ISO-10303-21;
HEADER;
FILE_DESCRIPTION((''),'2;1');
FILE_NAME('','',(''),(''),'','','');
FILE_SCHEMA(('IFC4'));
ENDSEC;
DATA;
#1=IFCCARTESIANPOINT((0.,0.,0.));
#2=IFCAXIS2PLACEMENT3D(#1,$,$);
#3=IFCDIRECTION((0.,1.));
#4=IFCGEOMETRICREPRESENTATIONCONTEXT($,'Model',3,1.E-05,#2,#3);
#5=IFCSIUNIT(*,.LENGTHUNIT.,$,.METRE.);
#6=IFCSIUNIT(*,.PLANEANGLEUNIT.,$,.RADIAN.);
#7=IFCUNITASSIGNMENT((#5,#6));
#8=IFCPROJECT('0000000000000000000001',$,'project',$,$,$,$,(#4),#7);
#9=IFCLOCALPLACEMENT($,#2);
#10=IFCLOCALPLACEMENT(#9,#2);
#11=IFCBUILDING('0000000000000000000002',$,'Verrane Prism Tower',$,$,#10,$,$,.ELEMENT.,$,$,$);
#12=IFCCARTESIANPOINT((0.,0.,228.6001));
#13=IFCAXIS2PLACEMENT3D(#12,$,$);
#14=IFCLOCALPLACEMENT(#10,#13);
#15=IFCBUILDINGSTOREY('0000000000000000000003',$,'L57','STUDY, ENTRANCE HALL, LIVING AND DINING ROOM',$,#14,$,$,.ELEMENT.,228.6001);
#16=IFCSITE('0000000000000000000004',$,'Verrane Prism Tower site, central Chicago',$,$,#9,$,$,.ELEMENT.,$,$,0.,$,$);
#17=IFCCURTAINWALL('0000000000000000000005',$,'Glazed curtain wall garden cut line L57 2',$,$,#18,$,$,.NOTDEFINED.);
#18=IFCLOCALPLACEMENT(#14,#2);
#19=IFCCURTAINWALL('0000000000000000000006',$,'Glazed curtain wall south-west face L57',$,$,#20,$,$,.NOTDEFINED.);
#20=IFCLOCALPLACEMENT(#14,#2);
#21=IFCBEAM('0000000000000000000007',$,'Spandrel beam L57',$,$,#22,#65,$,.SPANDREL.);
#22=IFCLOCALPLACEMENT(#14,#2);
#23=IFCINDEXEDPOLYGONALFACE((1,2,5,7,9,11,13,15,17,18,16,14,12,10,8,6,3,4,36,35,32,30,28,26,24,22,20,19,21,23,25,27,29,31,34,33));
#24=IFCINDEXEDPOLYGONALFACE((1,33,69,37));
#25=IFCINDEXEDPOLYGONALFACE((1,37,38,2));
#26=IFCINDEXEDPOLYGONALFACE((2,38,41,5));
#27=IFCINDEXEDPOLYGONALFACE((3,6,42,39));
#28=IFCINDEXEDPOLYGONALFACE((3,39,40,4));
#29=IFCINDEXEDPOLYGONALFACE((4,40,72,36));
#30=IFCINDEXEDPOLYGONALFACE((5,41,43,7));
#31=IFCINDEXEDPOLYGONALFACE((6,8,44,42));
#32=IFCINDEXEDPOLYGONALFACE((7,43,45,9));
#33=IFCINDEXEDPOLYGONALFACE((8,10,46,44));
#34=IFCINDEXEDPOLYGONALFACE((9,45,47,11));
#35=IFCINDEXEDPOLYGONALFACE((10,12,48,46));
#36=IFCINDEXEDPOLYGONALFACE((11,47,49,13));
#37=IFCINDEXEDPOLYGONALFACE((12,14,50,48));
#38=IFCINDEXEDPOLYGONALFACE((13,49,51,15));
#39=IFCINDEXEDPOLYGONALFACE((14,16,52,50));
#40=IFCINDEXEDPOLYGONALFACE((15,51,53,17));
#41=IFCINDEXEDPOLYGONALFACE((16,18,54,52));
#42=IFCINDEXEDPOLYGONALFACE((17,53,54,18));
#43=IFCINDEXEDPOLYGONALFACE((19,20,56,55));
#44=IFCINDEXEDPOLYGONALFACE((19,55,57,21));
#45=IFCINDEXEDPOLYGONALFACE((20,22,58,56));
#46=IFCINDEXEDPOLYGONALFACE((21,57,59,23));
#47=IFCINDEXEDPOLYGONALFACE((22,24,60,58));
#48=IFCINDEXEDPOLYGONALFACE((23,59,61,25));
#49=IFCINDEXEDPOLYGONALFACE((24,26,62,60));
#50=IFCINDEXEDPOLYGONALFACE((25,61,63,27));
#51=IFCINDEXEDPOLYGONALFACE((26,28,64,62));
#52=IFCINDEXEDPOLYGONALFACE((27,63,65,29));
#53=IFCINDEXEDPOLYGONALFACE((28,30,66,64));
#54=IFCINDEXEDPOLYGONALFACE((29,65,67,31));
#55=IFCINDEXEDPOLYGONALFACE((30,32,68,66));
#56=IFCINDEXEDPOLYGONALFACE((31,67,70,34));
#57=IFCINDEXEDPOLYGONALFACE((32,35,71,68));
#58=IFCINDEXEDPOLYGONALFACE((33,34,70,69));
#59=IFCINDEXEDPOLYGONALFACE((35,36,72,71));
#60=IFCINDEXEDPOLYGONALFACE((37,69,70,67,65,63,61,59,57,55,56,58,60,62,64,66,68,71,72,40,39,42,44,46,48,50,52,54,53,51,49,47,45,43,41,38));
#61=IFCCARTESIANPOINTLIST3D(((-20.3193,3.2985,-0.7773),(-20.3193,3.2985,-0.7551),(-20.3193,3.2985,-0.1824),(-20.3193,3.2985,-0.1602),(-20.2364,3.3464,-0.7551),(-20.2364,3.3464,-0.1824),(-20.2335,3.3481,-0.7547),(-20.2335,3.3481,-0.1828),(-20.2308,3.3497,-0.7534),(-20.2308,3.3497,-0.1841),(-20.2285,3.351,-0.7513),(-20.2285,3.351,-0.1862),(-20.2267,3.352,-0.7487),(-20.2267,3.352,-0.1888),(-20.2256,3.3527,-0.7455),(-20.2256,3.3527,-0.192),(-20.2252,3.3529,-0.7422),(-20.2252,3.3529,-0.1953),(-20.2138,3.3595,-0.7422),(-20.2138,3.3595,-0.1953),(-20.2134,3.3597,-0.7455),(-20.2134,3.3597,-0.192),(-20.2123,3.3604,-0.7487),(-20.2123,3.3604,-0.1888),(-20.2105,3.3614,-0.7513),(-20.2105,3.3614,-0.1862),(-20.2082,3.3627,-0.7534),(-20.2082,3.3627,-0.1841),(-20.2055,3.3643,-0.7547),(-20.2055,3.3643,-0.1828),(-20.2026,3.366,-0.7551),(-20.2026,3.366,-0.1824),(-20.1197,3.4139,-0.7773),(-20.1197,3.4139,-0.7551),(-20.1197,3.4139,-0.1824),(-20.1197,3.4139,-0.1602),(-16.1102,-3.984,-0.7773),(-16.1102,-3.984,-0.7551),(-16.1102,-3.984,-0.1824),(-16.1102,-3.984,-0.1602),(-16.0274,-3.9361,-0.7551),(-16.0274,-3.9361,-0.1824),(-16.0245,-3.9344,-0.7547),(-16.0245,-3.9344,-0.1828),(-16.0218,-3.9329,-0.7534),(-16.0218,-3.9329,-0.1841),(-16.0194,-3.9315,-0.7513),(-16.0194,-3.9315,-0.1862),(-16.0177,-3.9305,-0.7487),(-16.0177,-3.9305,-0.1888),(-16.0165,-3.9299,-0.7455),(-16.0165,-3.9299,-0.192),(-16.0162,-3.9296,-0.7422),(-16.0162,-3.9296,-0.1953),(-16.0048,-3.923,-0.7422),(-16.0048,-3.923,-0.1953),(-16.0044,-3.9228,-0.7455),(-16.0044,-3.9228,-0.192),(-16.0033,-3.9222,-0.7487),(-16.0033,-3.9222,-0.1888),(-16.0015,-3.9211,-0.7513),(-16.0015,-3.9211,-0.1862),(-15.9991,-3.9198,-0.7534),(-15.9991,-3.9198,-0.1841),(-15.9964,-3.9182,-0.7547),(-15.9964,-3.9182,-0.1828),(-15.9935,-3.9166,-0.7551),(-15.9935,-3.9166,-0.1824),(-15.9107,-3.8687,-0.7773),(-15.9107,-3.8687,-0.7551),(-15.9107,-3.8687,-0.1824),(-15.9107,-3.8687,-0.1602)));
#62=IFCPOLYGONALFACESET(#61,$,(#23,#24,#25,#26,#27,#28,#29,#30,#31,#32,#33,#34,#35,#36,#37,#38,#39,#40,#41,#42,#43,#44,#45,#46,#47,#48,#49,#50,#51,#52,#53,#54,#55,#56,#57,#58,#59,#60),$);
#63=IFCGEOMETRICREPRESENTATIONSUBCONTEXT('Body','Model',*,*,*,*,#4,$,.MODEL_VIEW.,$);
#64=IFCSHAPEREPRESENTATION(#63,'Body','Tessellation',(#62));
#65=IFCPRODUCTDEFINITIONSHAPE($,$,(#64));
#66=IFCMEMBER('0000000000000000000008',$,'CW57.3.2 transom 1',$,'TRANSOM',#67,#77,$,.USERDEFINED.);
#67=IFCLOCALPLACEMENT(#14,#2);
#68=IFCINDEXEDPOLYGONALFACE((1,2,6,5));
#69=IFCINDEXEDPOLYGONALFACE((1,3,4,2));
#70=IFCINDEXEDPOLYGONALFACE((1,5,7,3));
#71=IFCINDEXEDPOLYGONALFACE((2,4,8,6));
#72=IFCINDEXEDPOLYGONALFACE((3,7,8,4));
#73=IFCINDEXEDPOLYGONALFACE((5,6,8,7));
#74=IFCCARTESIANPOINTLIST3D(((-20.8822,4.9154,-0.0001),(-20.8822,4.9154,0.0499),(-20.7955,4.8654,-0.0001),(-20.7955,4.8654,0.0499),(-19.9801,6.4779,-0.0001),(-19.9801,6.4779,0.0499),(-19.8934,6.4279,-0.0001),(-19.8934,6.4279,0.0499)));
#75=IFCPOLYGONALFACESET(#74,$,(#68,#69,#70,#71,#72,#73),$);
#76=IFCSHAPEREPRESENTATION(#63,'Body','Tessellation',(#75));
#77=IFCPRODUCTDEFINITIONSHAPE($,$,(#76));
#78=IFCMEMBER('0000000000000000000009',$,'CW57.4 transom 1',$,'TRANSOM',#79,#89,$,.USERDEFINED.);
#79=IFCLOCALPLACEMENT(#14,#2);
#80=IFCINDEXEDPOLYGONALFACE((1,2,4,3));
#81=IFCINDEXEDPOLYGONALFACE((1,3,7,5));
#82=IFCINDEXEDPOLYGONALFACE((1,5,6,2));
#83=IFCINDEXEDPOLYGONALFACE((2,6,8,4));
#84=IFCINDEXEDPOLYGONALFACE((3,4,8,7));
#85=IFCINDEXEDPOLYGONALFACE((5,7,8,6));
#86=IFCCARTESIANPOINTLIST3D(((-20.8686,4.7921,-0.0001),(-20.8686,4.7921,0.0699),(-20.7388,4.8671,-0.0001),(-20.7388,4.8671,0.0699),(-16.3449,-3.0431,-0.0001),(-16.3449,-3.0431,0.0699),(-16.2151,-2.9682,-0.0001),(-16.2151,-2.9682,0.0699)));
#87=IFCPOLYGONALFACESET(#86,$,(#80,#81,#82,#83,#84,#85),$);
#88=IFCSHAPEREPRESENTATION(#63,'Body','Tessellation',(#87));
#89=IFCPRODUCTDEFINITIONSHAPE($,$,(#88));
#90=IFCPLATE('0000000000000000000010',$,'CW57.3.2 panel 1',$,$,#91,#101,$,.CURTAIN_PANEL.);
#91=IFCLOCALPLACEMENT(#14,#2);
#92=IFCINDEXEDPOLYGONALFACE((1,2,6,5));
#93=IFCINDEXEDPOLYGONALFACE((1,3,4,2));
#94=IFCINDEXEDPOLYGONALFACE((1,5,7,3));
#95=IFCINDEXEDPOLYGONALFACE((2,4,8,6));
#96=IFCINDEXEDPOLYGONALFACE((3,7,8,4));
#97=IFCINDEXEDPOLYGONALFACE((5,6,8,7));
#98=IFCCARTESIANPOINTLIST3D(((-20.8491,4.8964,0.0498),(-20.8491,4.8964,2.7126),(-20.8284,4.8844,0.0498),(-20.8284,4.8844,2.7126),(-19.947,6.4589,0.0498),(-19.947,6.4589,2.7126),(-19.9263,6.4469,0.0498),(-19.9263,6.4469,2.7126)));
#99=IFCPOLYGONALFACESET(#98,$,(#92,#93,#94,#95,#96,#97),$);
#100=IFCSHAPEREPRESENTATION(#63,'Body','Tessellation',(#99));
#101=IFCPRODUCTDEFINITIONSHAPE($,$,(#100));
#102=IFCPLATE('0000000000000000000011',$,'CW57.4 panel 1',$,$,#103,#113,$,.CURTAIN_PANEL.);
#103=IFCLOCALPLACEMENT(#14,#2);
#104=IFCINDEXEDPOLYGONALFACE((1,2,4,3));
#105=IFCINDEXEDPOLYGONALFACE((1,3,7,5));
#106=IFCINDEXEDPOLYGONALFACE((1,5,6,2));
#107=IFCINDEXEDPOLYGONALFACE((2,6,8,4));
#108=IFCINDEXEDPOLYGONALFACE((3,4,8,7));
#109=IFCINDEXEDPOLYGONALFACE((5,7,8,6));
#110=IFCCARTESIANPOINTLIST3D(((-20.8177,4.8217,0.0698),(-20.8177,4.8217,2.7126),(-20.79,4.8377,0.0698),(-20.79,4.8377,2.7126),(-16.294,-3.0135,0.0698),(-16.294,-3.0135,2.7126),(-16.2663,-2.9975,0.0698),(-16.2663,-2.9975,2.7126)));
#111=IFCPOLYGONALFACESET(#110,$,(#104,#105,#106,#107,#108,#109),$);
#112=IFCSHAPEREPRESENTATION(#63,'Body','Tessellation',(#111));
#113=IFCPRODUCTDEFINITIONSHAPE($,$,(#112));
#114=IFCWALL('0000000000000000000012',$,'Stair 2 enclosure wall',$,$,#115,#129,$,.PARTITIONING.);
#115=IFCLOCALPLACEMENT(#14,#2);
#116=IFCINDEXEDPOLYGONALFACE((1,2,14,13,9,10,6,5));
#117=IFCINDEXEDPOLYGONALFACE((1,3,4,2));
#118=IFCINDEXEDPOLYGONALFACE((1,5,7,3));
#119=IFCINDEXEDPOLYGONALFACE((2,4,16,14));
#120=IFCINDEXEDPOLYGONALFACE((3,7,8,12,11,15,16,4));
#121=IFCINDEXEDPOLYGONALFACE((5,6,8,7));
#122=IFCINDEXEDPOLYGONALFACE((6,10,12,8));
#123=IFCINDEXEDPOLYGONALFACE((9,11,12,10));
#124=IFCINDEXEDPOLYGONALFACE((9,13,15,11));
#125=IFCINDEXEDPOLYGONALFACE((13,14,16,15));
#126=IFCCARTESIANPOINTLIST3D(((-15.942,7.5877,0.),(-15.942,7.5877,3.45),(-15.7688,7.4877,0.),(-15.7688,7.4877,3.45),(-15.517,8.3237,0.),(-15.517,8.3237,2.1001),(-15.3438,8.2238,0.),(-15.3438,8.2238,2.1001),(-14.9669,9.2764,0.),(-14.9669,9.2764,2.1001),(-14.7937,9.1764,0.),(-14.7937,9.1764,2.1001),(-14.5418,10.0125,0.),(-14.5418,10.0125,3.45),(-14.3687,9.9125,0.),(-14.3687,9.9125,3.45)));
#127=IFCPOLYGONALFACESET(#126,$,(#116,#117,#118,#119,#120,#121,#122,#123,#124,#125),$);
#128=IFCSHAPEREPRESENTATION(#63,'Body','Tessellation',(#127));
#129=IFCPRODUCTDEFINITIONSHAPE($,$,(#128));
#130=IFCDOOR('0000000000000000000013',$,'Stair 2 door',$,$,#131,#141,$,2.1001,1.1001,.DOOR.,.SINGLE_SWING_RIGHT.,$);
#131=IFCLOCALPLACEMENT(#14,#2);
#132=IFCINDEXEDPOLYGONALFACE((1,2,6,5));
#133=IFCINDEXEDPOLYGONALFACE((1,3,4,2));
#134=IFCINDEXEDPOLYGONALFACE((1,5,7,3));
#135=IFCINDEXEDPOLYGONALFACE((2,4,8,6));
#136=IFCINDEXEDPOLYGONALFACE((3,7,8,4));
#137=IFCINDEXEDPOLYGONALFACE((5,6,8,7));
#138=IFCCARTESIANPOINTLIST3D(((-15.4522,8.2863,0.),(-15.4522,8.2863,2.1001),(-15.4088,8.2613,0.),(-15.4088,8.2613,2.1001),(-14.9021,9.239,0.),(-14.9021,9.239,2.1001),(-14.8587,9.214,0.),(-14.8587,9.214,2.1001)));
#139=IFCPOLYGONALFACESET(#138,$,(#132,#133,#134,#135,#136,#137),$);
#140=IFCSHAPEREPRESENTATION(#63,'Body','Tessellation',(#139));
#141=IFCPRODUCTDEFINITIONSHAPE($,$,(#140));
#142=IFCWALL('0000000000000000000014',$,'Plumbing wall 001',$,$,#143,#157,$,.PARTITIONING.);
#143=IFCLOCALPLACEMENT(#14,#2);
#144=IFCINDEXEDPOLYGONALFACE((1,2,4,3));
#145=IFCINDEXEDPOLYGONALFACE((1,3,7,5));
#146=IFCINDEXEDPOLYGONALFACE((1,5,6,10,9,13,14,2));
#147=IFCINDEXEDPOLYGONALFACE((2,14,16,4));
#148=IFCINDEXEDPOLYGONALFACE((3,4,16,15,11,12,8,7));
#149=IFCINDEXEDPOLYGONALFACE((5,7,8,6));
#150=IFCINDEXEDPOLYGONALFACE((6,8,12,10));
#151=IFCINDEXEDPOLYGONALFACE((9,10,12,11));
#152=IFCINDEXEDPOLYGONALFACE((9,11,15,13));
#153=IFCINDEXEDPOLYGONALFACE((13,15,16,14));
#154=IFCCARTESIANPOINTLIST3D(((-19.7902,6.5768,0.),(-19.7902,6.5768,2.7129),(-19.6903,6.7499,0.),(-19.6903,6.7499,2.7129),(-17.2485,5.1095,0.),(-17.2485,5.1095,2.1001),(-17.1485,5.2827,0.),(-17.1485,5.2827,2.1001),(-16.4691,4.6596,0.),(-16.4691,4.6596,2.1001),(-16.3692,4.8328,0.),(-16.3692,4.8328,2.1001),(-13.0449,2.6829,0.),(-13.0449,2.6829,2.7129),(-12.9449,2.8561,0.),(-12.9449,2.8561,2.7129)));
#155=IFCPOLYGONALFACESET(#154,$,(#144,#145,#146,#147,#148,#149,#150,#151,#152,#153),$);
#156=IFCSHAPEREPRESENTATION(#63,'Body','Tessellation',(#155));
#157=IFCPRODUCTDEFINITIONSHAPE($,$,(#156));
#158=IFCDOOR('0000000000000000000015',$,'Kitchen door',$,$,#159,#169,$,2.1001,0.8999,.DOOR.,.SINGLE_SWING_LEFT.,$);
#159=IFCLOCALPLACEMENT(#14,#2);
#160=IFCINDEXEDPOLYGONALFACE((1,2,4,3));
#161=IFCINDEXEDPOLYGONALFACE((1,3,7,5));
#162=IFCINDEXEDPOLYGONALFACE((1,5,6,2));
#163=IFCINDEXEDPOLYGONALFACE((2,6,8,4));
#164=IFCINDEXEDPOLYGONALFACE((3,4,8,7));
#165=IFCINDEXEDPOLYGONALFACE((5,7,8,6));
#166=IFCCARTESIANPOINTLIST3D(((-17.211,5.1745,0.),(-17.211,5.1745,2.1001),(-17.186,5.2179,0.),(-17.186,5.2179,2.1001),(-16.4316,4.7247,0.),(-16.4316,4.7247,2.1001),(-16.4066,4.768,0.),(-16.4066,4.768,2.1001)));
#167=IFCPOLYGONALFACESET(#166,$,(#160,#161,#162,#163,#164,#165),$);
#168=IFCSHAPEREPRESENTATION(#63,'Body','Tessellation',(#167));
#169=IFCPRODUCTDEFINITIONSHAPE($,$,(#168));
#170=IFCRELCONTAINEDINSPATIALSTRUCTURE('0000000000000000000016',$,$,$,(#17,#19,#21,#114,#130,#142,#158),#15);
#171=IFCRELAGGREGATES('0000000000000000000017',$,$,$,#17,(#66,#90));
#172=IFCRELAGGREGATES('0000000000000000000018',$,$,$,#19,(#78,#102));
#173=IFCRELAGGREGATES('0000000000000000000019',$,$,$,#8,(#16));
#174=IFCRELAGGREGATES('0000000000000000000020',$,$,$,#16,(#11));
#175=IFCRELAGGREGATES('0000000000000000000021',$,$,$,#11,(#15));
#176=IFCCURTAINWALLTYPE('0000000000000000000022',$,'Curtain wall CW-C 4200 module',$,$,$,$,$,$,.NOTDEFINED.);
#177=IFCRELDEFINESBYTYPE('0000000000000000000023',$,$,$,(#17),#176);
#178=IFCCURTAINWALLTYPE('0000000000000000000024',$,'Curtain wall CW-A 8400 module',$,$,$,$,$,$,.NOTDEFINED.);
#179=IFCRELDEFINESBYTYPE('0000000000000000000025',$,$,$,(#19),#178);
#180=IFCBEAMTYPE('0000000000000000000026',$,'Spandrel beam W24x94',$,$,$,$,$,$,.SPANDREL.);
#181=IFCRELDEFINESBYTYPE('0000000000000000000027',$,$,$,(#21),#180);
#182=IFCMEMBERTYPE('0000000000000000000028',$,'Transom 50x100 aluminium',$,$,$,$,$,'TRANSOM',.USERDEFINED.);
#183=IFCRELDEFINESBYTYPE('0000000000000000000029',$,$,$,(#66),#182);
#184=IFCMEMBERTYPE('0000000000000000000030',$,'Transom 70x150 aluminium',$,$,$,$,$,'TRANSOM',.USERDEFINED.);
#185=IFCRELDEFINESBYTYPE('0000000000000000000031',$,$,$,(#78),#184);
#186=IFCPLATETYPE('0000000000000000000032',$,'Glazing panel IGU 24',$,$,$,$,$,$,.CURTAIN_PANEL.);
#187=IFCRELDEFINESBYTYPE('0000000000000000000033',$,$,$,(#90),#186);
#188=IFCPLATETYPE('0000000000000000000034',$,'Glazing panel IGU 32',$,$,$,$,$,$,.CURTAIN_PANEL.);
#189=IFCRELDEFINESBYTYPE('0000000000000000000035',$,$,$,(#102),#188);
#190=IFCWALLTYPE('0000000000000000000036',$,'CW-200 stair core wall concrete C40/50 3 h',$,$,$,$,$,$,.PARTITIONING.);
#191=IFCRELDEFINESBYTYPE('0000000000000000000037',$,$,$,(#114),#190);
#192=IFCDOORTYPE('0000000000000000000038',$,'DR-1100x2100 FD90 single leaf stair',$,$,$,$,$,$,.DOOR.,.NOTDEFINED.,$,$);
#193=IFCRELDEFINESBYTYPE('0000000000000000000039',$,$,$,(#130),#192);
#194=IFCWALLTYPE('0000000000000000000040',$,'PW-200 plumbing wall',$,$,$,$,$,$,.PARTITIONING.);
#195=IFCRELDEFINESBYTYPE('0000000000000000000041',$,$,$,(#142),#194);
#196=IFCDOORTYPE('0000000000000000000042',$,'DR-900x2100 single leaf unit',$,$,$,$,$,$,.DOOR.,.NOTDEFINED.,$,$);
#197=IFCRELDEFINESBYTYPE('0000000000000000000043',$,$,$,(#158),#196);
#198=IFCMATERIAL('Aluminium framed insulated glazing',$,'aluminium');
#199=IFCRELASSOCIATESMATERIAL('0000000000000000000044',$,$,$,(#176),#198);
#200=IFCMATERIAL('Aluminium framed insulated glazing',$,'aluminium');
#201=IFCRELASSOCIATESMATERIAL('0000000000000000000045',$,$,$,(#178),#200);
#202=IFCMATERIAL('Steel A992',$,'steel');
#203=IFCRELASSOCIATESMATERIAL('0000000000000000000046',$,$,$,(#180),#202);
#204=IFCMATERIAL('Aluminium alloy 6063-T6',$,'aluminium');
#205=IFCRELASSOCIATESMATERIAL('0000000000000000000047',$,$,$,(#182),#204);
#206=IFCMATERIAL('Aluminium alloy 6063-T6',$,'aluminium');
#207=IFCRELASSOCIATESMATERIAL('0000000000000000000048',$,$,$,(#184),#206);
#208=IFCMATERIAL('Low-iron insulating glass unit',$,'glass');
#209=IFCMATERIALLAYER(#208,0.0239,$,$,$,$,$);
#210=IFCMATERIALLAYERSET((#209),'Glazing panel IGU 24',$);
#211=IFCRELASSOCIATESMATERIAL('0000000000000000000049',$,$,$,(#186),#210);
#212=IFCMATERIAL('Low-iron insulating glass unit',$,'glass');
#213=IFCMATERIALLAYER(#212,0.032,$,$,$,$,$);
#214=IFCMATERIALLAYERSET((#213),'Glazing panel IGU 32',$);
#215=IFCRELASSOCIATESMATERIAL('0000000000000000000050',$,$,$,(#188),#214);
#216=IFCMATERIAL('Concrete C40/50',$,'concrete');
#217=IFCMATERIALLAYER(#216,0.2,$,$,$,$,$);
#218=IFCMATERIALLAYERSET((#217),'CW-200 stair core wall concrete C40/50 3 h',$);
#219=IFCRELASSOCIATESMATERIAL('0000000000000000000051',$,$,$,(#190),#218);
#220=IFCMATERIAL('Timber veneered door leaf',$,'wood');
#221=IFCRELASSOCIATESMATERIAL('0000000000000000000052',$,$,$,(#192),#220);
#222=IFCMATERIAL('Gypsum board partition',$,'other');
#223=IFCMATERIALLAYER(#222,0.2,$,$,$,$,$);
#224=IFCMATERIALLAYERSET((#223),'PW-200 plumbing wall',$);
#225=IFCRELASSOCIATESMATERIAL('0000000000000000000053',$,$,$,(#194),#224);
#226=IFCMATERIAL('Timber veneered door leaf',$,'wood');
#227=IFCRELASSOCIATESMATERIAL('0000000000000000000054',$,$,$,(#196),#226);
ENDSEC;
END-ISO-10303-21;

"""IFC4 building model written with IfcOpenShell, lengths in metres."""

from ifc_helpers import new_model, si_unit, direction, frame, frame_2d, origin, origin_2d, place, context, subcontext, project, spatial, rectangle, i_section, extrude, material, layer, layer_set, material_profile, profile_set, type_object, element, fill, aggregate, save


model = new_model("IFC4")

# Units and contexts
model_context = context("Model", 3, precision=1e-05, world=origin(), true_north=direction((0.0, 1.0)))
body_context = subcontext(model_context, "Body", "Model", "MODEL_VIEW")
ifc_project = project(units=[si_unit("LENGTHUNIT", "METRE"), si_unit("PLANEANGLEUNIT", "RADIAN")], contexts=[model_context])

# Site, building, storey
site_placement = place(None, origin())
site = spatial("IfcSite", under=ifc_project, at=site_placement, Name="Verrane Prism Tower site, central Chicago", CompositionType="ELEMENT", RefElevation=0.0)
building_placement = place(site_placement, origin())
building = spatial("IfcBuilding", under=site, at=building_placement, Name="Verrane Prism Tower", CompositionType="ELEMENT")
storey_placement = place(building_placement, frame((0.0, 0.0, 228.6001)))
storey = spatial("IfcBuildingStorey", under=building, at=storey_placement, Name="L57", Description="STUDY, ENTRANCE HALL, LIVING AND DINING ROOM", CompositionType="ELEMENT", Elevation=228.6001)

# Curtain walls
ifc_material_1 = material(Name="Aluminium framed insulated glazing", Category="aluminium")
curtain_wall_type_1 = type_object("IfcCurtainWallType", Name="Curtain wall CW-C 4200 module", PredefinedType="NOTDEFINED", material=ifc_material_1)
curtain_wall_1_placement = place(storey_placement, origin())
curtain_wall_1 = element("IfcCurtainWall", 1, at=curtain_wall_1_placement, inside=storey, type_object=curtain_wall_type_1, Name="Glazed curtain wall garden cut line L57 2", PredefinedType="NOTDEFINED")
ifc_material_2 = material(Name="Aluminium framed insulated glazing", Category="aluminium")
curtain_wall_type_2 = type_object("IfcCurtainWallType", Name="Curtain wall CW-A 8400 module", PredefinedType="NOTDEFINED", material=ifc_material_2)
curtain_wall_2_placement = place(storey_placement, origin())
curtain_wall_2 = element("IfcCurtainWall", 2, at=curtain_wall_2_placement, inside=storey, type_object=curtain_wall_type_2, Name="Glazed curtain wall south-west face L57", PredefinedType="NOTDEFINED")

# Beam
ifc_material_3 = material(Name="Steel A992", Category="steel")
ifc_material_profile_1 = material_profile(ifc_material_3, i_section(OverallWidth=0.2305, OverallDepth=0.6172, WebThickness=0.0132, FlangeThickness=0.0222, FilletRadius=0.0129, at=origin_2d()), Name="W24x94")
ifc_profile_set_1 = profile_set([ifc_material_profile_1], Name="Steel A992")
beam_type_1 = type_object("IfcBeamType", Name="Spandrel beam W24x94", PredefinedType="SPANDREL", material=ifc_profile_set_1)
beam_1_placement = place(storey_placement, frame((-20.2195, 3.3562, -0.4688), z_axis=(0.500397, -0.865796, 0.0), x_axis=(0.865796, 0.500397, 0.0)))
element("IfcBeam", 3, at=beam_1_placement, inside=storey, type_object=beam_type_1, Name="Spandrel beam L57", PredefinedType="SPANDREL", context=body_context, shape_type="SweptSolid", body=[
    extrude(i_section(OverallWidth=0.2305, OverallDepth=0.6172, WebThickness=0.0132, FlangeThickness=0.0222, FilletRadius=0.0129, at=origin_2d()), origin(), (0.0, 0.0, 1.0), 8.4114),
])

# Members
ifc_material_4 = material(Name="Aluminium alloy 6063-T6", Category="aluminium")
ifc_material_profile_2 = material_profile(ifc_material_4, rectangle(XDim=0.1001, YDim=0.05, at=origin_2d()), Name="Transom 50x100 aluminium")
ifc_profile_set_2 = profile_set([ifc_material_profile_2], Name="Aluminium alloy 6063-T6")
member_type_1 = type_object("IfcMemberType", Name="Transom 50x100 aluminium", ElementType="TRANSOM", PredefinedType="USERDEFINED", material=ifc_profile_set_2)
member_1_placement = place(storey_placement, frame((-19.9368, 6.4529, 0.0249), z_axis=(-0.499996, -0.866028, 0.0), x_axis=(0.866028, -0.499996, 0.0)))
member_1 = element("IfcMember", 4, at=member_1_placement, type_object=member_type_1, Name="CW57.3.2 transom 1", ObjectType="TRANSOM", PredefinedType="USERDEFINED", context=body_context, shape_type="SweptSolid", body=[
    extrude(rectangle(XDim=0.1001, YDim=0.05, at=origin_2d()), origin(), (0.0, 0.0, 1.0), 1.8042),
])
ifc_material_5 = material(Name="Aluminium alloy 6063-T6", Category="aluminium")
ifc_material_profile_3 = material_profile(ifc_material_5, rectangle(XDim=0.1499, YDim=0.0701, at=origin_2d()), Name="Transom 70x150 aluminium")
ifc_profile_set_3 = profile_set([ifc_material_profile_3], Name="Aluminium alloy 6063-T6")
member_type_2 = type_object("IfcMemberType", Name="Transom 70x150 aluminium", ElementType="TRANSOM", PredefinedType="USERDEFINED", material=ifc_profile_set_3)
member_2_placement = place(storey_placement, frame((-20.8037, 4.8296, 0.0349), z_axis=(0.500002, -0.866024, 0.0), x_axis=(0.866024, 0.500002, 0.0)))
member_2 = element("IfcMember", 5, at=member_2_placement, type_object=member_type_2, Name="CW57.4 transom 1", ObjectType="TRANSOM", PredefinedType="USERDEFINED", context=body_context, shape_type="SweptSolid", body=[
    extrude(rectangle(XDim=0.1499, YDim=0.0701, at=origin_2d()), origin(), (0.0, 0.0, 1.0), 9.0474),
])

# Plates
ifc_material_6 = material(Name="Low-iron insulating glass unit", Category="glass")
ifc_layer_1 = layer(ifc_material_6, 0.0239)
ifc_layer_set_1 = layer_set([ifc_layer_1], Name="Glazing panel IGU 24")
plate_type_1 = type_object("IfcPlateType", Name="Glazing panel IGU 24", PredefinedType="CURTAIN_PANEL", material=ifc_layer_set_1)
plate_1_placement = place(storey_placement, frame((-20.3877, 5.6716, 0.0498), z_axis=(0.0, 0.0, 1.0), x_axis=(-0.499973, -0.866041, 0.0)))
plate_1 = element("IfcPlate", 6, at=plate_1_placement, type_object=plate_type_1, Name="CW57.3.2 panel 1", PredefinedType="CURTAIN_PANEL", context=body_context, shape_type="SweptSolid", body=[
    extrude(rectangle(XDim=1.8042, YDim=0.0239, at=origin_2d()), origin(), (0.0, 0.0, 1.0), 2.6628),
])
aggregate(curtain_wall_1, [member_1, plate_1])
ifc_material_7 = material(Name="Low-iron insulating glass unit", Category="glass")
ifc_layer_2 = layer(ifc_material_7, 0.032)
ifc_layer_set_2 = layer_set([ifc_layer_2], Name="Glazing panel IGU 32")
plate_type_2 = type_object("IfcPlateType", Name="Glazing panel IGU 32", PredefinedType="CURTAIN_PANEL", material=ifc_layer_set_2)
plate_2_placement = place(storey_placement, frame((-18.542, 0.9121, 0.0698), z_axis=(0.0, 0.0, 1.0), x_axis=(0.5, -0.866025, 0.0)))
plate_2 = element("IfcPlate", 7, at=plate_2_placement, type_object=plate_type_2, Name="CW57.4 panel 1", PredefinedType="CURTAIN_PANEL", context=body_context, shape_type="SweptSolid", body=[
    extrude(rectangle(XDim=9.0474, YDim=0.032, at=origin_2d()), origin(), (0.0, 0.0, 1.0), 2.6428),
])
aggregate(curtain_wall_2, [member_2, plate_2])

# Walls, openings, doors
ifc_material_8 = material(Name="Concrete C40/50", Category="concrete")
ifc_layer_3 = layer(ifc_material_8, 0.2)
ifc_layer_set_3 = layer_set([ifc_layer_3], Name="CW-200 stair core wall concrete C40/50 3 h")
wall_type_1 = type_object("IfcWallType", Name="CW-200 stair core wall concrete C40/50 3 h", PredefinedType="PARTITIONING", material=ifc_layer_set_3)
wall_1_placement = place(storey_placement, frame((-14.4553, 9.9624, 0.0), z_axis=(0.0, 0.0, 1.0), x_axis=(-0.50005, -0.865997, 0.0)))
wall_1 = element("IfcWall", 8, at=wall_1_placement, inside=storey, type_object=wall_type_1, Name="Stair 2 enclosure wall", PredefinedType="PARTITIONING", context=body_context, shape_type="SweptSolid", body=[
    extrude(rectangle(XDim=2.8, YDim=0.2, at=frame_2d((1.3999, 0.0))), origin(), (0.0, 0.0, 1.0), 3.45),
])
opening_1_placement = place(wall_1_placement, frame((0.8499, 0.0, 0.0)))
opening_1 = element("IfcOpeningElement", 9, at=opening_1_placement, cuts=wall_1, PredefinedType="OPENING", context=body_context, shape_type="SweptSolid", body=[
    extrude(rectangle(XDim=1.1001, YDim=2.1001, at=frame_2d((0.55, 1.05))), frame((0.0, 0.1099, 0.0), z_axis=(0.0, -1.0, 0.0), x_axis=(1.0, 0.0, 0.0)), (0.0, 0.0, 1.0), 0.22),
])
ifc_material_9 = material(Name="Timber veneered door leaf", Category="wood")
door_type_1 = type_object("IfcDoorType", Name="DR-1100x2100 FD90 single leaf stair", OperationType="NOTDEFINED", PredefinedType="DOOR", material=ifc_material_9)
door_1_placement = place(opening_1_placement, origin())
door_1 = element("IfcDoor", 10, at=door_1_placement, inside=storey, type_object=door_type_1, Name="Stair 2 door", OperationType="SINGLE_SWING_RIGHT", OverallHeight=2.1001, OverallWidth=1.1001, PredefinedType="DOOR", context=body_context, shape_type="SweptSolid", body=[
    extrude(rectangle(XDim=1.1001, YDim=2.1001, at=frame_2d((0.55, 1.05))), frame((0.0, 0.0249, 0.0), z_axis=(0.0, -1.0, 0.0), x_axis=(1.0, 0.0, 0.0)), (0.0, 0.0, 1.0), 0.05),
])
fill(opening_1, door_1)
ifc_material_10 = material(Name="Gypsum board partition", Category="other")
ifc_layer_4 = layer(ifc_material_10, 0.2)
ifc_layer_set_4 = layer_set([ifc_layer_4], Name="PW-200 plumbing wall")
wall_type_2 = type_object("IfcWallType", Name="PW-200 plumbing wall", PredefinedType="PARTITIONING", material=ifc_layer_set_4)
wall_2_placement = place(storey_placement, frame((-12.9949, 2.7695, 0.0), z_axis=(0.0, 0.0, 1.0), x_axis=(-0.866061, 0.499939, 0.0)))
wall_2 = element("IfcWall", 11, at=wall_2_placement, inside=storey, type_object=wall_type_2, Name="Plumbing wall 001", PredefinedType="PARTITIONING", context=body_context, shape_type="SweptSolid", body=[
    extrude(rectangle(XDim=7.7886, YDim=0.2, at=frame_2d((3.8943, 0.0))), origin(), (0.0, 0.0, 1.0), 2.7129),
])
opening_2_placement = place(wall_2_placement, frame((3.9539, 0.0, 0.0)))
opening_2 = element("IfcOpeningElement", 12, at=opening_2_placement, cuts=wall_2, PredefinedType="OPENING", context=body_context, shape_type="SweptSolid", body=[
    extrude(rectangle(XDim=0.8999, YDim=2.1001, at=frame_2d((0.45, 1.05))), frame((0.0, 0.1099, 0.0), z_axis=(0.0, -1.0, 0.0), x_axis=(1.0, 0.0, 0.0)), (0.0, 0.0, 1.0), 0.22),
])
ifc_material_11 = material(Name="Timber veneered door leaf", Category="wood")
door_type_2 = type_object("IfcDoorType", Name="DR-900x2100 single leaf unit", OperationType="NOTDEFINED", PredefinedType="DOOR", material=ifc_material_11)
door_2_placement = place(opening_2_placement, origin())
door_2 = element("IfcDoor", 13, at=door_2_placement, inside=storey, type_object=door_type_2, Name="Kitchen door", OperationType="SINGLE_SWING_LEFT", OverallHeight=2.1001, OverallWidth=0.8999, PredefinedType="DOOR", context=body_context, shape_type="SweptSolid", body=[
    extrude(rectangle(XDim=0.8999, YDim=2.1001, at=frame_2d((0.45, 1.05))), frame((0.0, 0.0249, 0.0), z_axis=(0.0, -1.0, 0.0), x_axis=(1.0, 0.0, 0.0)), (0.0, 0.0, 1.0), 0.05),
])
fill(opening_2, door_2)

save(model, "model.ifc")
